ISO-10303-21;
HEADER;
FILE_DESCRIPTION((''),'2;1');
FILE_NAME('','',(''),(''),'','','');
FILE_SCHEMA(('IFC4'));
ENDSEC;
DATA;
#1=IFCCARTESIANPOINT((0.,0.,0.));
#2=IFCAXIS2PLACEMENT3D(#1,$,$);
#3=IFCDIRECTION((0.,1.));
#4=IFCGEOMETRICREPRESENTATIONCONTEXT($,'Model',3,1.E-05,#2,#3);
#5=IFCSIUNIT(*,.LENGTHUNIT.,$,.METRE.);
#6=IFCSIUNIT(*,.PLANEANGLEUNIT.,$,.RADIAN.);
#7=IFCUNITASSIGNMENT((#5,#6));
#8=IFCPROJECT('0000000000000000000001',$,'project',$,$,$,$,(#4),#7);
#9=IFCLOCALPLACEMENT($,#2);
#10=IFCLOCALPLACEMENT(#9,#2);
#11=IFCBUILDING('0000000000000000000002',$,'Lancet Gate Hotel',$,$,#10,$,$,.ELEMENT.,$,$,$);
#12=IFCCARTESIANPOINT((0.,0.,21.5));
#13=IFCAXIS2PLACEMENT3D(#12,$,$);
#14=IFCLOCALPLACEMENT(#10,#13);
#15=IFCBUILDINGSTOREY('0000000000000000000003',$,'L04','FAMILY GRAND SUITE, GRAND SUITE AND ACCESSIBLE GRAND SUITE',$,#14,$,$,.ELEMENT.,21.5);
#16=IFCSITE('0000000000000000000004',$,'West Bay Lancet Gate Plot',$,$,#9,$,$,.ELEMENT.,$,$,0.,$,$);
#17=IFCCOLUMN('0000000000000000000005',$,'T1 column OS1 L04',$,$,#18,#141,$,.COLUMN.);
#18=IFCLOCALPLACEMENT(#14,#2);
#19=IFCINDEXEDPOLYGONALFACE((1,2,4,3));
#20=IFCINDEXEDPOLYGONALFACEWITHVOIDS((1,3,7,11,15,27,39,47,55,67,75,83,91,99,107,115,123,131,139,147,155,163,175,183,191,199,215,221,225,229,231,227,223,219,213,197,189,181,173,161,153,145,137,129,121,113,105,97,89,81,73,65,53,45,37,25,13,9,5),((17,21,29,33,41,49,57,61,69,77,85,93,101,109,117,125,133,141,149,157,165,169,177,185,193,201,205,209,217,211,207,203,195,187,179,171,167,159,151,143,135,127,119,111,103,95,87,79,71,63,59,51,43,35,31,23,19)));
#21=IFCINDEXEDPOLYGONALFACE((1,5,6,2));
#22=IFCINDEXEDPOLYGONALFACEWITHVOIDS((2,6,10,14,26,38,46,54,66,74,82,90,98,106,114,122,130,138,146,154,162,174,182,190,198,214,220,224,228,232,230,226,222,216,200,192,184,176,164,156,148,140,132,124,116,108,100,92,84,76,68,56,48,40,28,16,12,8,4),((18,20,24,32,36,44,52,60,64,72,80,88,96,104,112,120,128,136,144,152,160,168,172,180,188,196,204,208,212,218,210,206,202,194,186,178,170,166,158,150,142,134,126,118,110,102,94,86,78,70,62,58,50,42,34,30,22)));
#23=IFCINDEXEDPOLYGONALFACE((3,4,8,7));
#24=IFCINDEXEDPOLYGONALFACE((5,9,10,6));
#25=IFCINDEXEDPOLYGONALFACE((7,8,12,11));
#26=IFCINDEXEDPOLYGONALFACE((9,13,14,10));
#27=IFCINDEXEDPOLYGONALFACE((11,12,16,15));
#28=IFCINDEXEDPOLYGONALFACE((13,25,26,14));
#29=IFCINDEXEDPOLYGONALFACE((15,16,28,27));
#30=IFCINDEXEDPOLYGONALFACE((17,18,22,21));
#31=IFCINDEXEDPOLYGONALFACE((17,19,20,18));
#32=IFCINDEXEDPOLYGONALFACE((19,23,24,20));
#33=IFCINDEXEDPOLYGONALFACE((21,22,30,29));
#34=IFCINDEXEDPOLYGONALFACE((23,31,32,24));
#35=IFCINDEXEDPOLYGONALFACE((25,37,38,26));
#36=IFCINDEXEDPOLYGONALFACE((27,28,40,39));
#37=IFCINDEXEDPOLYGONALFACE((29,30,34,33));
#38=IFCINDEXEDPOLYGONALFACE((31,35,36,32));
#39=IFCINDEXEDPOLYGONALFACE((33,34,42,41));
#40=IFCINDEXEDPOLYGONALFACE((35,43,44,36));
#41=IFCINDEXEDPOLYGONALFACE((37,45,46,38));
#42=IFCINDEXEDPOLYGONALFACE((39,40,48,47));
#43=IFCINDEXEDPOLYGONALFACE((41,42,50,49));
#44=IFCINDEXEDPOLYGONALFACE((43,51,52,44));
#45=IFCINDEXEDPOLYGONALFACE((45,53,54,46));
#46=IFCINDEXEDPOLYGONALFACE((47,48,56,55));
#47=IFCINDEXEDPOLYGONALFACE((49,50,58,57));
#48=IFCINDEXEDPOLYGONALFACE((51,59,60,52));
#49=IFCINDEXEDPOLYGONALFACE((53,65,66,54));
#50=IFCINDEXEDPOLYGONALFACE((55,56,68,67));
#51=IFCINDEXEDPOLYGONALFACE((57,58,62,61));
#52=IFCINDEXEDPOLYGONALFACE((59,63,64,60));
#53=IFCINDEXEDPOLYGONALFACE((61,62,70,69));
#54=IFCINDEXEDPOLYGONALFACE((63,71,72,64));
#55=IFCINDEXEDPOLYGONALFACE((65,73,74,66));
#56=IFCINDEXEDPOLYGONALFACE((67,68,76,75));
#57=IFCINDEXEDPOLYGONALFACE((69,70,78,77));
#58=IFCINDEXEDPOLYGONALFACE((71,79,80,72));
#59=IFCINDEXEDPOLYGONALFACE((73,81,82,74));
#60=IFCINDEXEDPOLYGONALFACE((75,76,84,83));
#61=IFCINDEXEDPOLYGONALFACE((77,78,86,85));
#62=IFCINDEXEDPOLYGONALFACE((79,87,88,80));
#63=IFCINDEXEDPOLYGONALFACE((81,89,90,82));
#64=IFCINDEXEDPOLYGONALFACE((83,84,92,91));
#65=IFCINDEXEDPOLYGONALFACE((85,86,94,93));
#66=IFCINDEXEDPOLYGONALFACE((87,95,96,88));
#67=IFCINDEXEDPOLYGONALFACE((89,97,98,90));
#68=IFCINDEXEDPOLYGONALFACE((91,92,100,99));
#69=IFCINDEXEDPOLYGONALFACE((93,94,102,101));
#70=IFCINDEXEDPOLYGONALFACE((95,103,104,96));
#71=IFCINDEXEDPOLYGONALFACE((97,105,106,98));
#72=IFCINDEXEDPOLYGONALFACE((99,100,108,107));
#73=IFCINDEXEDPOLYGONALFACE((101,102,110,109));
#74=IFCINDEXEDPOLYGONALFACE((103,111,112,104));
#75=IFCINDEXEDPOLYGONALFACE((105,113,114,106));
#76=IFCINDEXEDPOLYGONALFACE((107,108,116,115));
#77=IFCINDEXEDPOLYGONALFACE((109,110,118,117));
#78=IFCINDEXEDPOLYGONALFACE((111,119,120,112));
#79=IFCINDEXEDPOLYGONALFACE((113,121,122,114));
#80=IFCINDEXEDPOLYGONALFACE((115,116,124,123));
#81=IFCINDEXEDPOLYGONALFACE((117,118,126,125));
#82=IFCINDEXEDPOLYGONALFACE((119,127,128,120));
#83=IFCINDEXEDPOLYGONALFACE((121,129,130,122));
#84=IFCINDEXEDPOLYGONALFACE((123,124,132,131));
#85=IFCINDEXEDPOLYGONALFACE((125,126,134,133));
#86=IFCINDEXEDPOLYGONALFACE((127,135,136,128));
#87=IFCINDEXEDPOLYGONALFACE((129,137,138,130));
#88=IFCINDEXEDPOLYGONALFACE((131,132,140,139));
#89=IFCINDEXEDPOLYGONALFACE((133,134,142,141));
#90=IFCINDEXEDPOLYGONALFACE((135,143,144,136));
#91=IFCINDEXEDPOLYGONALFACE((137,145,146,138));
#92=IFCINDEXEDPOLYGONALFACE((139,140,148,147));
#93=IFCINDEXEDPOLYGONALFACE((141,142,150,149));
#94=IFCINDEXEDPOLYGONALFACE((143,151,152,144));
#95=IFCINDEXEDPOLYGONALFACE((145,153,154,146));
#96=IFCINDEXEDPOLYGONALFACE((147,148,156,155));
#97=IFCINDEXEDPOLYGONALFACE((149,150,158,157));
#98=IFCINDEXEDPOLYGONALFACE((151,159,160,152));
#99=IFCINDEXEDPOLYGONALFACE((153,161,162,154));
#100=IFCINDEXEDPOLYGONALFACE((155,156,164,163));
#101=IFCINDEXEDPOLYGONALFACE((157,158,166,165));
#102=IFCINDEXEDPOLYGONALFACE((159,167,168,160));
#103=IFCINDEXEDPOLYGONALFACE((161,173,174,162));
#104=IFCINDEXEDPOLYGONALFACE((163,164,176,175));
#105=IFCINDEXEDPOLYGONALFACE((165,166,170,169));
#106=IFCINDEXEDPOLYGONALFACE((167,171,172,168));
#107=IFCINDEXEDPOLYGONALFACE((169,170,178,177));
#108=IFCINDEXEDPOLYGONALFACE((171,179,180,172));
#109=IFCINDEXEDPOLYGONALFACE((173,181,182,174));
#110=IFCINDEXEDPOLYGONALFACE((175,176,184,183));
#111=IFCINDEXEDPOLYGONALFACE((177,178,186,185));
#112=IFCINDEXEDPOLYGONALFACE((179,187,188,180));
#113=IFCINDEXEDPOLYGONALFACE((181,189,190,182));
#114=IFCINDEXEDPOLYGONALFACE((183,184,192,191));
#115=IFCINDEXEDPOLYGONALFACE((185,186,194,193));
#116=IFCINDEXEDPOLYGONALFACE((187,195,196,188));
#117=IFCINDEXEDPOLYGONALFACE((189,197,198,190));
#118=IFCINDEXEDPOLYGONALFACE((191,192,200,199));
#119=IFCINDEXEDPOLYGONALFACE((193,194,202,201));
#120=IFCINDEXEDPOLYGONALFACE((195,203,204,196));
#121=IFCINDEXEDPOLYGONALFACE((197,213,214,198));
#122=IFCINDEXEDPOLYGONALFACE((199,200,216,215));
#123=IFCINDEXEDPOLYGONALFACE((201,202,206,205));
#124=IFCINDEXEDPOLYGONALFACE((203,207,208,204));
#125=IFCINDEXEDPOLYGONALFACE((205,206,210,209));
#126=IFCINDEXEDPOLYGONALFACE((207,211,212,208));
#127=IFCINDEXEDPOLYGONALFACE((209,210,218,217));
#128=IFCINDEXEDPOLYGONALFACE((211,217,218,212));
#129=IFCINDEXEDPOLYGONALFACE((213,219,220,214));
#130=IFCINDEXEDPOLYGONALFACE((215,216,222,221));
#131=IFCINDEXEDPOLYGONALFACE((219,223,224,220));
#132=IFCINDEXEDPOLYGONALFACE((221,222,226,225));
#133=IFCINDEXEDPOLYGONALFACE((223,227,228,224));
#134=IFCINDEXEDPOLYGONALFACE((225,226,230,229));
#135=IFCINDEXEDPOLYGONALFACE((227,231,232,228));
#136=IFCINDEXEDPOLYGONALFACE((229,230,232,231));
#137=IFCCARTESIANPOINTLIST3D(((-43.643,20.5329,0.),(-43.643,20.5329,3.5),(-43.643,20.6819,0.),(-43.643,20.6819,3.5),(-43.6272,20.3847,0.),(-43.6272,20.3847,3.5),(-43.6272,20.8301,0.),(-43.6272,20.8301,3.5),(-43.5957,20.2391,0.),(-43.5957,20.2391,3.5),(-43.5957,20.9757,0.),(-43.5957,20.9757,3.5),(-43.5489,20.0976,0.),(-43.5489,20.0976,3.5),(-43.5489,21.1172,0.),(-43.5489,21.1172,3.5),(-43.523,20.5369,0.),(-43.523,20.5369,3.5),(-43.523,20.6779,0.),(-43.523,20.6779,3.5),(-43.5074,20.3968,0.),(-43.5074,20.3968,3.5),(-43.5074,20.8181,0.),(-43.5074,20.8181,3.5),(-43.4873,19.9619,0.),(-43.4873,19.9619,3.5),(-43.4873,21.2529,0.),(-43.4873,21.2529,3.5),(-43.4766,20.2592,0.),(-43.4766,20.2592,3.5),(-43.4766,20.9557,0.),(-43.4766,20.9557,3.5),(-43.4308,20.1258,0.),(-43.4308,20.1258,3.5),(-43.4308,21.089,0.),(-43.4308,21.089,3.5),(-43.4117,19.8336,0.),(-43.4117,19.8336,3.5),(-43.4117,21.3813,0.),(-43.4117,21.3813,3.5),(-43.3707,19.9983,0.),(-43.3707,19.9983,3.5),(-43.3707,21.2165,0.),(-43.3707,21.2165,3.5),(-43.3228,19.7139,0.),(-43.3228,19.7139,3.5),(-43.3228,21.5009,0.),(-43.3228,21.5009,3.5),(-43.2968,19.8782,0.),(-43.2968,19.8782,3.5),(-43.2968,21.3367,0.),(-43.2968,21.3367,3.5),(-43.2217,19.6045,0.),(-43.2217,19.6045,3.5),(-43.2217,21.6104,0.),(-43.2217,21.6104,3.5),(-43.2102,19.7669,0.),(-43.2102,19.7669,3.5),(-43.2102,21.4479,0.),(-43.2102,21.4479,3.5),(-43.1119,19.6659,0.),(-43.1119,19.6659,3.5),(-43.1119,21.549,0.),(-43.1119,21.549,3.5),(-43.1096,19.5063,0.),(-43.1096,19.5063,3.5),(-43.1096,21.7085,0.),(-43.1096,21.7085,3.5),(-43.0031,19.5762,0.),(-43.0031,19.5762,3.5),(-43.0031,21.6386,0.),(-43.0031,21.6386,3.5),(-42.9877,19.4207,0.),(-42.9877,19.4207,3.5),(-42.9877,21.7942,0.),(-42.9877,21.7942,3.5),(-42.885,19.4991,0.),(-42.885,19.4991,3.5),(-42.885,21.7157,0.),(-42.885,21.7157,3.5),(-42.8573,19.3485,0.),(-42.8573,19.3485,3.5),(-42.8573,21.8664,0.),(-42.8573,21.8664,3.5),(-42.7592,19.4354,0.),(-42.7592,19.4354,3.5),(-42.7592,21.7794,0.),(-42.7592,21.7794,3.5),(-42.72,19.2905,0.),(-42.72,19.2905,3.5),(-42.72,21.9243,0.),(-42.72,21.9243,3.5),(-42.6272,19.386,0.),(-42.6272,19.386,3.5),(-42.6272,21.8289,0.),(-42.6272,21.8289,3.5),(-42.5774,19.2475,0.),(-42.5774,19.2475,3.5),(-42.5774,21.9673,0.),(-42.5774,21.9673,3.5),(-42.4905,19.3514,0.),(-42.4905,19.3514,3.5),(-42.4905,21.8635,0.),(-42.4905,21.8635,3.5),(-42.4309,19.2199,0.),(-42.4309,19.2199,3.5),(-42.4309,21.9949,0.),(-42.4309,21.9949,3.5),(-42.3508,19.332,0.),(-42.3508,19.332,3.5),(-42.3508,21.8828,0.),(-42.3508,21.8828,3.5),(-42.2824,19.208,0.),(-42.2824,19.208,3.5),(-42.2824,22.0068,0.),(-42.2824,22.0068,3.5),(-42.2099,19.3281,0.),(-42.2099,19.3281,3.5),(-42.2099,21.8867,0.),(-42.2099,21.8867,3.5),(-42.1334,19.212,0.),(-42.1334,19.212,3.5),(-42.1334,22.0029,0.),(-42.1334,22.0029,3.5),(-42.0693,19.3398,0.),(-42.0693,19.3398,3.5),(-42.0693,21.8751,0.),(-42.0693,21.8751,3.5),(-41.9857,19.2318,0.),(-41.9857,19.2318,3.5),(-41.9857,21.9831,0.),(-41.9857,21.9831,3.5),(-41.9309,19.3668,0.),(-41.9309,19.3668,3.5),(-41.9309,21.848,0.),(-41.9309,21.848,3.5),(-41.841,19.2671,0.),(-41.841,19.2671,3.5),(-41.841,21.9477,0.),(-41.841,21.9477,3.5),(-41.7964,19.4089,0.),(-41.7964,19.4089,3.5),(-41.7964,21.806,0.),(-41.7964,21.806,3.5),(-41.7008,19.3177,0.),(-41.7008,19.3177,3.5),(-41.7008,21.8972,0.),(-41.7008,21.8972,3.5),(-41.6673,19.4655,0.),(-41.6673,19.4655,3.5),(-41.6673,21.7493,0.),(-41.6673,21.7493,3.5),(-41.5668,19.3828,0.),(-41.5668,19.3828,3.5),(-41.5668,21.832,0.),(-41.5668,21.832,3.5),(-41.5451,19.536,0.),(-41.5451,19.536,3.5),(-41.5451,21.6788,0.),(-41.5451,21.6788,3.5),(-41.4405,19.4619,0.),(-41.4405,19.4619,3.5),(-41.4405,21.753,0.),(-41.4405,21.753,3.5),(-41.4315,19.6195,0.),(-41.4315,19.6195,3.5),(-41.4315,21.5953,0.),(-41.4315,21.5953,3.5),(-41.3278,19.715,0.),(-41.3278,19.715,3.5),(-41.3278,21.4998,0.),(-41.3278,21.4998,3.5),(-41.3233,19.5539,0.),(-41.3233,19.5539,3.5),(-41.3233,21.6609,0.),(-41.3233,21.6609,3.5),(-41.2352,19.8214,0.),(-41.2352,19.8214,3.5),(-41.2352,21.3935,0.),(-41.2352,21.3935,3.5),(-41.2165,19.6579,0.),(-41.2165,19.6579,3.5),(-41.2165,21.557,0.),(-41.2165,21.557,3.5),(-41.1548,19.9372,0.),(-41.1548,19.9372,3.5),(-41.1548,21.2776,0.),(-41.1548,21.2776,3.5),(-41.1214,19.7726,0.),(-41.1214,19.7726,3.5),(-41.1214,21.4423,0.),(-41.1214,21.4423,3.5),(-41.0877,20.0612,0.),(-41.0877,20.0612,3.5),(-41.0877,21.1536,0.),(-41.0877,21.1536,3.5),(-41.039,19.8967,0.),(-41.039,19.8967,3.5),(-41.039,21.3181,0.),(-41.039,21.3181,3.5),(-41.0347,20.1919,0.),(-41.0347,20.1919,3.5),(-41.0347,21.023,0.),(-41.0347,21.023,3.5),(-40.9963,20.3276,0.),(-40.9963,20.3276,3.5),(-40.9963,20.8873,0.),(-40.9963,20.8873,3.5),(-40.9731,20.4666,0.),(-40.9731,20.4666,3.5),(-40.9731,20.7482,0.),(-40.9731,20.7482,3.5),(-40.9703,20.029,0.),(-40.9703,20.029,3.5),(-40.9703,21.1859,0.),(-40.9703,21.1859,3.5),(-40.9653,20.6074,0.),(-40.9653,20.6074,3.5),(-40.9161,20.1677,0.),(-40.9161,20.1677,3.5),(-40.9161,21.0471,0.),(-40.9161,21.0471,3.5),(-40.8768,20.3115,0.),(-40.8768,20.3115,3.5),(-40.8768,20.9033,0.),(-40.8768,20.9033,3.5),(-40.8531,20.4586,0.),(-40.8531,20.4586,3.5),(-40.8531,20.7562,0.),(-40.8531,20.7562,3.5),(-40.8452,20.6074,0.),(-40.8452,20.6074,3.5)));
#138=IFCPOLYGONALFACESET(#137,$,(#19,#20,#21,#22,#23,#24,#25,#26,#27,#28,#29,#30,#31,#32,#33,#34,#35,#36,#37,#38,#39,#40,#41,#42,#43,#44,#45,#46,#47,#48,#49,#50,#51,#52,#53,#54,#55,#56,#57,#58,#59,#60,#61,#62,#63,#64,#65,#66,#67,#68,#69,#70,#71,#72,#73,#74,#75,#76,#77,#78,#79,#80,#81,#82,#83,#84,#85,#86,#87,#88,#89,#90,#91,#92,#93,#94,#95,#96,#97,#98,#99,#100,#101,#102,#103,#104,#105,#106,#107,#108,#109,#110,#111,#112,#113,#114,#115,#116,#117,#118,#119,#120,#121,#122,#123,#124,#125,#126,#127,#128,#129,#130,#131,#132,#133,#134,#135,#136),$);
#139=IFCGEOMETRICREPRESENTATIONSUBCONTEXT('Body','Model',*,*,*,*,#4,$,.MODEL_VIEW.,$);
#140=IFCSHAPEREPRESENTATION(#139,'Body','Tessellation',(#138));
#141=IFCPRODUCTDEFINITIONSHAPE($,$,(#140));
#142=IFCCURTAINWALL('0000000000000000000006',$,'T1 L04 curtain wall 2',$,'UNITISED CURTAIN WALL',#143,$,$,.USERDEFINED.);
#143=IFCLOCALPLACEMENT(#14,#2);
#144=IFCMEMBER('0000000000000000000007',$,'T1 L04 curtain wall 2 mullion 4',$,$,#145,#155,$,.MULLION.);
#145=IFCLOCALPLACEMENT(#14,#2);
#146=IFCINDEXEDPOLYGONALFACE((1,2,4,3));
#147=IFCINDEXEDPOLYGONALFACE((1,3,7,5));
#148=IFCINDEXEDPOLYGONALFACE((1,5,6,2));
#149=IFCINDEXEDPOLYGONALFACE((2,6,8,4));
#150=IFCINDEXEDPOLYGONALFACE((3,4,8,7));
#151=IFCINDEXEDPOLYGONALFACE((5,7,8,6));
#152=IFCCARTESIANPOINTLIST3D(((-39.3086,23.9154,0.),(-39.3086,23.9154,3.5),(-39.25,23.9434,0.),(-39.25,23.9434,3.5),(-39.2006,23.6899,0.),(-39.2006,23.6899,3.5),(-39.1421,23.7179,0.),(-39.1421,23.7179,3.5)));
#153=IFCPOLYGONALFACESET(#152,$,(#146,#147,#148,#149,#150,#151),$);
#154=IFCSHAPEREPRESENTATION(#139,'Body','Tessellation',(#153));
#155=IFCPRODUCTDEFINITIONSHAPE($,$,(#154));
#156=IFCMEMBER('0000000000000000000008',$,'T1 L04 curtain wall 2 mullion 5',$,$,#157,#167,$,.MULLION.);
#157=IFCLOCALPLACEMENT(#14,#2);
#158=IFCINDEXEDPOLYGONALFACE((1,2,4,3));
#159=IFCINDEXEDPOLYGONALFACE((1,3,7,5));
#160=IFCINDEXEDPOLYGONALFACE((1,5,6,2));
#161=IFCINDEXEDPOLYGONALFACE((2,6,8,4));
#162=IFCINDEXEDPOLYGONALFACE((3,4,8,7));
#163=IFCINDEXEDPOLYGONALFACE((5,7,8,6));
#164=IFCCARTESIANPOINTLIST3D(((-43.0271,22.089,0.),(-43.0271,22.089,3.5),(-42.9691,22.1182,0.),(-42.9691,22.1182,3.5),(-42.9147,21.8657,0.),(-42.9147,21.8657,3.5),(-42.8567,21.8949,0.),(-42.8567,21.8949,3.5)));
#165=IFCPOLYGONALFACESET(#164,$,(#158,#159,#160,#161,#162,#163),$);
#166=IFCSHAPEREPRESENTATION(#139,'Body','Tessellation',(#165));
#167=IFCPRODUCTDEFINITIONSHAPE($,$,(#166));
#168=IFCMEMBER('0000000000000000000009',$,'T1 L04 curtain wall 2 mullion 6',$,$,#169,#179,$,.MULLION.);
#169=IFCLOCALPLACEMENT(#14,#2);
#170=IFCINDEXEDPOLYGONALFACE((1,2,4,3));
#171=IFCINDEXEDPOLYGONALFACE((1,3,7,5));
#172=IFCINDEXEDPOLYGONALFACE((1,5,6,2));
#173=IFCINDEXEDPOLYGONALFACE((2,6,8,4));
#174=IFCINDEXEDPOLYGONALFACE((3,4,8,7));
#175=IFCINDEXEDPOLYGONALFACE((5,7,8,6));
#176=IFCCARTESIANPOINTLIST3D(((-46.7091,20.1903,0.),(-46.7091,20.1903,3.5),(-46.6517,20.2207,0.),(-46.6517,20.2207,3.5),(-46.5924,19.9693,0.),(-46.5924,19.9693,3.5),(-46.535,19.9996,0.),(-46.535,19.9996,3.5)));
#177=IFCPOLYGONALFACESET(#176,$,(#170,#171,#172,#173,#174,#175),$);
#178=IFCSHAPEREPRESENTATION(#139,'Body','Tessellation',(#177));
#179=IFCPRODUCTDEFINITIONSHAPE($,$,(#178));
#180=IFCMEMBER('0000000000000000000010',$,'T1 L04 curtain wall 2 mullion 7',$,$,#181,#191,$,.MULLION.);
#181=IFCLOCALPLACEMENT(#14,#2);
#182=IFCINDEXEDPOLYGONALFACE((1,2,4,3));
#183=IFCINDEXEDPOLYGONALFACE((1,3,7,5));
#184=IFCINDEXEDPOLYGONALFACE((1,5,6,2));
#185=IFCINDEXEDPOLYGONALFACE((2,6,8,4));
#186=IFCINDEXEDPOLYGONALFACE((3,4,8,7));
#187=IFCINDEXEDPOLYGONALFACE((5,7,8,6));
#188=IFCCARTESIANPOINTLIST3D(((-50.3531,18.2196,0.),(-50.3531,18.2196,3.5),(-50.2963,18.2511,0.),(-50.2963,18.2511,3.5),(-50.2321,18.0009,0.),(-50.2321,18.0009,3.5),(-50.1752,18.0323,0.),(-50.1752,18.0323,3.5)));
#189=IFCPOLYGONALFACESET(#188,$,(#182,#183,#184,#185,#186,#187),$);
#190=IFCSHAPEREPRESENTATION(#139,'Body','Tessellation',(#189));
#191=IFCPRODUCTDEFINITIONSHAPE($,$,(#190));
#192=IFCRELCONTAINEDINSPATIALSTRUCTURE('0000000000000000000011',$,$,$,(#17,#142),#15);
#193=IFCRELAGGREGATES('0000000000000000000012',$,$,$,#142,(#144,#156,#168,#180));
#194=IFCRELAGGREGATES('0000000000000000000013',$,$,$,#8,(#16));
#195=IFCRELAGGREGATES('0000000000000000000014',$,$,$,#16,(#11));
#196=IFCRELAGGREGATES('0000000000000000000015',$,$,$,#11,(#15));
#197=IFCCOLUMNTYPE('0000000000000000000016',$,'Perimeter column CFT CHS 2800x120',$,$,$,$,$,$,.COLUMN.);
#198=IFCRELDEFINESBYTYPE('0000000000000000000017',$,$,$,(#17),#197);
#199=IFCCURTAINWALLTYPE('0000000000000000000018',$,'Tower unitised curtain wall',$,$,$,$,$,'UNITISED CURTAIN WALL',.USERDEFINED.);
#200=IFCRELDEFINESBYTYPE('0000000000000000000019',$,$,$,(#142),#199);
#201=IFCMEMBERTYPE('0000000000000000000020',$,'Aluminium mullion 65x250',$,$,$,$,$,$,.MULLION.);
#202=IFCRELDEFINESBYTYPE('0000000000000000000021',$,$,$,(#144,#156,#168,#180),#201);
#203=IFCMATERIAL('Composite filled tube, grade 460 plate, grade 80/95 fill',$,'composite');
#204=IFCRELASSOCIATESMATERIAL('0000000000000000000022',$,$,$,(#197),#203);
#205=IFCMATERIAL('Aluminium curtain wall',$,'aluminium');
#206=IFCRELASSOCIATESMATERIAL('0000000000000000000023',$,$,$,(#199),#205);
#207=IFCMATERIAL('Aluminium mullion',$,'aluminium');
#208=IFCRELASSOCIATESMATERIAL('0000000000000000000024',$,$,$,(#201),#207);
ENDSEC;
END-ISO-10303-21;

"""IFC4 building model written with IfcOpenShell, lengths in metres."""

from ifc_helpers import new_model, si_unit, direction, frame, origin, origin_2d, place, context, subcontext, project, spatial, rectangle, hollow_circle, extrude, material, material_profile, profile_set, type_object, element, aggregate, save


model = new_model("IFC4")

# Units and contexts
model_context = context("Model", 3, precision=1e-05, world=origin(), true_north=direction((0.0, 1.0)))
body_context = subcontext(model_context, "Body", "Model", "MODEL_VIEW")
ifc_project = project(units=[si_unit("LENGTHUNIT", "METRE"), si_unit("PLANEANGLEUNIT", "RADIAN")], contexts=[model_context])

# Site, building, storey
site_placement = place(None, origin())
site = spatial("IfcSite", under=ifc_project, at=site_placement, Name="West Bay Lancet Gate Plot", CompositionType="ELEMENT", RefElevation=0.0)
building_placement = place(site_placement, origin())
building = spatial("IfcBuilding", under=site, at=building_placement, Name="Lancet Gate Hotel", CompositionType="ELEMENT")
storey_placement = place(building_placement, frame((0.0, 0.0, 21.5)))
storey = spatial("IfcBuildingStorey", under=building, at=storey_placement, Name="L04", Description="FAMILY GRAND SUITE, GRAND SUITE AND ACCESSIBLE GRAND SUITE", CompositionType="ELEMENT", Elevation=21.5)

# Column
ifc_material_1 = material(Name="Composite filled tube, grade 460 plate, grade 80/95 fill", Category="composite")
ifc_material_profile_1 = material_profile(ifc_material_1, hollow_circle(Radius=1.3999, WallThickness=0.1201, at=origin_2d()), Name="CHS 2800x120")
ifc_profile_set_1 = profile_set([ifc_material_profile_1], Name="Composite filled tube, grade 460 plate, grade 80/95 fill")
column_type = type_object("IfcColumnType", Name="Perimeter column CFT CHS 2800x120", PredefinedType="COLUMN", material=ifc_profile_set_1)
column_placement = place(storey_placement, frame((-42.2451, 20.6074, 0.0), z_axis=(0.0, 0.0, 1.0), x_axis=(1.0, 0.0, 0.0)))
element("IfcColumn", 1, at=column_placement, inside=storey, type_object=column_type, Name="T1 column OS1 L04", PredefinedType="COLUMN", context=body_context, shape_type="SweptSolid", body=[
    extrude(hollow_circle(Radius=1.3999, WallThickness=0.1201, at=origin_2d()), origin(), (0.0, 0.0, 1.0), 3.5),
])

# Curtain wall, members
ifc_material_2 = material(Name="Aluminium curtain wall", Category="aluminium")
curtain_wall_type = type_object("IfcCurtainWallType", Name="Tower unitised curtain wall", ElementType="UNITISED CURTAIN WALL", PredefinedType="USERDEFINED", material=ifc_material_2)
curtain_wall_placement = place(storey_placement, origin())
curtain_wall = element("IfcCurtainWall", 2, at=curtain_wall_placement, inside=storey, type_object=curtain_wall_type, Name="T1 L04 curtain wall 2", ObjectType="UNITISED CURTAIN WALL", PredefinedType="USERDEFINED")
ifc_material_3 = material(Name="Aluminium mullion", Category="aluminium")
ifc_material_profile_2 = material_profile(ifc_material_3, rectangle(XDim=0.0649, YDim=0.25, at=origin_2d()), Name="MULLION 65x250")
ifc_profile_set_2 = profile_set([ifc_material_profile_2], Name="Aluminium mullion")
member_type_1 = type_object("IfcMemberType", Name="Aluminium mullion 65x250", PredefinedType="MULLION", material=ifc_profile_set_2)
member_1_placement = place(storey_placement, frame((-39.2253, 23.8167, 0.0), z_axis=(0.0, 0.0, 1.0), x_axis=(-0.901929, -0.431885, 0.0)))
member_1 = element("IfcMember", 3, at=member_1_placement, type_object=member_type_1, Name="T1 L04 curtain wall 2 mullion 4", PredefinedType="MULLION", context=body_context, shape_type="SweptSolid", body=[
    extrude(rectangle(XDim=0.0649, YDim=0.25, at=origin_2d()), origin(), (0.0, 0.0, 1.0), 3.5),
])
member_2_placement = place(storey_placement, frame((-42.9419, 21.9919, 0.0), z_axis=(0.0, 0.0, 1.0), x_axis=(-0.893292, -0.449478, 0.0)))
member_2 = element("IfcMember", 4, at=member_2_placement, type_object=member_type_1, Name="T1 L04 curtain wall 2 mullion 5", PredefinedType="MULLION", context=body_context, shape_type="SweptSolid", body=[
    extrude(rectangle(XDim=0.0649, YDim=0.25, at=origin_2d()), origin(), (0.0, 0.0, 1.0), 3.5),
])
member_3_placement = place(storey_placement, frame((-46.6221, 20.095, 0.0), z_axis=(0.0, 0.0, 1.0), x_axis=(-0.884311, -0.466898, 0.0)))
member_3 = element("IfcMember", 5, at=member_3_placement, type_object=member_type_1, Name="T1 L04 curtain wall 2 mullion 6", PredefinedType="MULLION", context=body_context, shape_type="SweptSolid", body=[
    extrude(rectangle(XDim=0.0649, YDim=0.25, at=origin_2d()), origin(), (0.0, 0.0, 1.0), 3.5),
])
member_4_placement = place(storey_placement, frame((-50.2642, 18.126, 0.0), z_axis=(0.0, 0.0, 1.0), x_axis=(-0.874991, -0.484139, 0.0)))
member_4 = element("IfcMember", 6, at=member_4_placement, type_object=member_type_1, Name="T1 L04 curtain wall 2 mullion 7", PredefinedType="MULLION", context=body_context, shape_type="SweptSolid", body=[
    extrude(rectangle(XDim=0.0649, YDim=0.25, at=origin_2d()), origin(), (0.0, 0.0, 1.0), 3.5),
])

aggregate(curtain_wall, [member_1, member_2, member_3, member_4])

save(model, "model.ifc")
